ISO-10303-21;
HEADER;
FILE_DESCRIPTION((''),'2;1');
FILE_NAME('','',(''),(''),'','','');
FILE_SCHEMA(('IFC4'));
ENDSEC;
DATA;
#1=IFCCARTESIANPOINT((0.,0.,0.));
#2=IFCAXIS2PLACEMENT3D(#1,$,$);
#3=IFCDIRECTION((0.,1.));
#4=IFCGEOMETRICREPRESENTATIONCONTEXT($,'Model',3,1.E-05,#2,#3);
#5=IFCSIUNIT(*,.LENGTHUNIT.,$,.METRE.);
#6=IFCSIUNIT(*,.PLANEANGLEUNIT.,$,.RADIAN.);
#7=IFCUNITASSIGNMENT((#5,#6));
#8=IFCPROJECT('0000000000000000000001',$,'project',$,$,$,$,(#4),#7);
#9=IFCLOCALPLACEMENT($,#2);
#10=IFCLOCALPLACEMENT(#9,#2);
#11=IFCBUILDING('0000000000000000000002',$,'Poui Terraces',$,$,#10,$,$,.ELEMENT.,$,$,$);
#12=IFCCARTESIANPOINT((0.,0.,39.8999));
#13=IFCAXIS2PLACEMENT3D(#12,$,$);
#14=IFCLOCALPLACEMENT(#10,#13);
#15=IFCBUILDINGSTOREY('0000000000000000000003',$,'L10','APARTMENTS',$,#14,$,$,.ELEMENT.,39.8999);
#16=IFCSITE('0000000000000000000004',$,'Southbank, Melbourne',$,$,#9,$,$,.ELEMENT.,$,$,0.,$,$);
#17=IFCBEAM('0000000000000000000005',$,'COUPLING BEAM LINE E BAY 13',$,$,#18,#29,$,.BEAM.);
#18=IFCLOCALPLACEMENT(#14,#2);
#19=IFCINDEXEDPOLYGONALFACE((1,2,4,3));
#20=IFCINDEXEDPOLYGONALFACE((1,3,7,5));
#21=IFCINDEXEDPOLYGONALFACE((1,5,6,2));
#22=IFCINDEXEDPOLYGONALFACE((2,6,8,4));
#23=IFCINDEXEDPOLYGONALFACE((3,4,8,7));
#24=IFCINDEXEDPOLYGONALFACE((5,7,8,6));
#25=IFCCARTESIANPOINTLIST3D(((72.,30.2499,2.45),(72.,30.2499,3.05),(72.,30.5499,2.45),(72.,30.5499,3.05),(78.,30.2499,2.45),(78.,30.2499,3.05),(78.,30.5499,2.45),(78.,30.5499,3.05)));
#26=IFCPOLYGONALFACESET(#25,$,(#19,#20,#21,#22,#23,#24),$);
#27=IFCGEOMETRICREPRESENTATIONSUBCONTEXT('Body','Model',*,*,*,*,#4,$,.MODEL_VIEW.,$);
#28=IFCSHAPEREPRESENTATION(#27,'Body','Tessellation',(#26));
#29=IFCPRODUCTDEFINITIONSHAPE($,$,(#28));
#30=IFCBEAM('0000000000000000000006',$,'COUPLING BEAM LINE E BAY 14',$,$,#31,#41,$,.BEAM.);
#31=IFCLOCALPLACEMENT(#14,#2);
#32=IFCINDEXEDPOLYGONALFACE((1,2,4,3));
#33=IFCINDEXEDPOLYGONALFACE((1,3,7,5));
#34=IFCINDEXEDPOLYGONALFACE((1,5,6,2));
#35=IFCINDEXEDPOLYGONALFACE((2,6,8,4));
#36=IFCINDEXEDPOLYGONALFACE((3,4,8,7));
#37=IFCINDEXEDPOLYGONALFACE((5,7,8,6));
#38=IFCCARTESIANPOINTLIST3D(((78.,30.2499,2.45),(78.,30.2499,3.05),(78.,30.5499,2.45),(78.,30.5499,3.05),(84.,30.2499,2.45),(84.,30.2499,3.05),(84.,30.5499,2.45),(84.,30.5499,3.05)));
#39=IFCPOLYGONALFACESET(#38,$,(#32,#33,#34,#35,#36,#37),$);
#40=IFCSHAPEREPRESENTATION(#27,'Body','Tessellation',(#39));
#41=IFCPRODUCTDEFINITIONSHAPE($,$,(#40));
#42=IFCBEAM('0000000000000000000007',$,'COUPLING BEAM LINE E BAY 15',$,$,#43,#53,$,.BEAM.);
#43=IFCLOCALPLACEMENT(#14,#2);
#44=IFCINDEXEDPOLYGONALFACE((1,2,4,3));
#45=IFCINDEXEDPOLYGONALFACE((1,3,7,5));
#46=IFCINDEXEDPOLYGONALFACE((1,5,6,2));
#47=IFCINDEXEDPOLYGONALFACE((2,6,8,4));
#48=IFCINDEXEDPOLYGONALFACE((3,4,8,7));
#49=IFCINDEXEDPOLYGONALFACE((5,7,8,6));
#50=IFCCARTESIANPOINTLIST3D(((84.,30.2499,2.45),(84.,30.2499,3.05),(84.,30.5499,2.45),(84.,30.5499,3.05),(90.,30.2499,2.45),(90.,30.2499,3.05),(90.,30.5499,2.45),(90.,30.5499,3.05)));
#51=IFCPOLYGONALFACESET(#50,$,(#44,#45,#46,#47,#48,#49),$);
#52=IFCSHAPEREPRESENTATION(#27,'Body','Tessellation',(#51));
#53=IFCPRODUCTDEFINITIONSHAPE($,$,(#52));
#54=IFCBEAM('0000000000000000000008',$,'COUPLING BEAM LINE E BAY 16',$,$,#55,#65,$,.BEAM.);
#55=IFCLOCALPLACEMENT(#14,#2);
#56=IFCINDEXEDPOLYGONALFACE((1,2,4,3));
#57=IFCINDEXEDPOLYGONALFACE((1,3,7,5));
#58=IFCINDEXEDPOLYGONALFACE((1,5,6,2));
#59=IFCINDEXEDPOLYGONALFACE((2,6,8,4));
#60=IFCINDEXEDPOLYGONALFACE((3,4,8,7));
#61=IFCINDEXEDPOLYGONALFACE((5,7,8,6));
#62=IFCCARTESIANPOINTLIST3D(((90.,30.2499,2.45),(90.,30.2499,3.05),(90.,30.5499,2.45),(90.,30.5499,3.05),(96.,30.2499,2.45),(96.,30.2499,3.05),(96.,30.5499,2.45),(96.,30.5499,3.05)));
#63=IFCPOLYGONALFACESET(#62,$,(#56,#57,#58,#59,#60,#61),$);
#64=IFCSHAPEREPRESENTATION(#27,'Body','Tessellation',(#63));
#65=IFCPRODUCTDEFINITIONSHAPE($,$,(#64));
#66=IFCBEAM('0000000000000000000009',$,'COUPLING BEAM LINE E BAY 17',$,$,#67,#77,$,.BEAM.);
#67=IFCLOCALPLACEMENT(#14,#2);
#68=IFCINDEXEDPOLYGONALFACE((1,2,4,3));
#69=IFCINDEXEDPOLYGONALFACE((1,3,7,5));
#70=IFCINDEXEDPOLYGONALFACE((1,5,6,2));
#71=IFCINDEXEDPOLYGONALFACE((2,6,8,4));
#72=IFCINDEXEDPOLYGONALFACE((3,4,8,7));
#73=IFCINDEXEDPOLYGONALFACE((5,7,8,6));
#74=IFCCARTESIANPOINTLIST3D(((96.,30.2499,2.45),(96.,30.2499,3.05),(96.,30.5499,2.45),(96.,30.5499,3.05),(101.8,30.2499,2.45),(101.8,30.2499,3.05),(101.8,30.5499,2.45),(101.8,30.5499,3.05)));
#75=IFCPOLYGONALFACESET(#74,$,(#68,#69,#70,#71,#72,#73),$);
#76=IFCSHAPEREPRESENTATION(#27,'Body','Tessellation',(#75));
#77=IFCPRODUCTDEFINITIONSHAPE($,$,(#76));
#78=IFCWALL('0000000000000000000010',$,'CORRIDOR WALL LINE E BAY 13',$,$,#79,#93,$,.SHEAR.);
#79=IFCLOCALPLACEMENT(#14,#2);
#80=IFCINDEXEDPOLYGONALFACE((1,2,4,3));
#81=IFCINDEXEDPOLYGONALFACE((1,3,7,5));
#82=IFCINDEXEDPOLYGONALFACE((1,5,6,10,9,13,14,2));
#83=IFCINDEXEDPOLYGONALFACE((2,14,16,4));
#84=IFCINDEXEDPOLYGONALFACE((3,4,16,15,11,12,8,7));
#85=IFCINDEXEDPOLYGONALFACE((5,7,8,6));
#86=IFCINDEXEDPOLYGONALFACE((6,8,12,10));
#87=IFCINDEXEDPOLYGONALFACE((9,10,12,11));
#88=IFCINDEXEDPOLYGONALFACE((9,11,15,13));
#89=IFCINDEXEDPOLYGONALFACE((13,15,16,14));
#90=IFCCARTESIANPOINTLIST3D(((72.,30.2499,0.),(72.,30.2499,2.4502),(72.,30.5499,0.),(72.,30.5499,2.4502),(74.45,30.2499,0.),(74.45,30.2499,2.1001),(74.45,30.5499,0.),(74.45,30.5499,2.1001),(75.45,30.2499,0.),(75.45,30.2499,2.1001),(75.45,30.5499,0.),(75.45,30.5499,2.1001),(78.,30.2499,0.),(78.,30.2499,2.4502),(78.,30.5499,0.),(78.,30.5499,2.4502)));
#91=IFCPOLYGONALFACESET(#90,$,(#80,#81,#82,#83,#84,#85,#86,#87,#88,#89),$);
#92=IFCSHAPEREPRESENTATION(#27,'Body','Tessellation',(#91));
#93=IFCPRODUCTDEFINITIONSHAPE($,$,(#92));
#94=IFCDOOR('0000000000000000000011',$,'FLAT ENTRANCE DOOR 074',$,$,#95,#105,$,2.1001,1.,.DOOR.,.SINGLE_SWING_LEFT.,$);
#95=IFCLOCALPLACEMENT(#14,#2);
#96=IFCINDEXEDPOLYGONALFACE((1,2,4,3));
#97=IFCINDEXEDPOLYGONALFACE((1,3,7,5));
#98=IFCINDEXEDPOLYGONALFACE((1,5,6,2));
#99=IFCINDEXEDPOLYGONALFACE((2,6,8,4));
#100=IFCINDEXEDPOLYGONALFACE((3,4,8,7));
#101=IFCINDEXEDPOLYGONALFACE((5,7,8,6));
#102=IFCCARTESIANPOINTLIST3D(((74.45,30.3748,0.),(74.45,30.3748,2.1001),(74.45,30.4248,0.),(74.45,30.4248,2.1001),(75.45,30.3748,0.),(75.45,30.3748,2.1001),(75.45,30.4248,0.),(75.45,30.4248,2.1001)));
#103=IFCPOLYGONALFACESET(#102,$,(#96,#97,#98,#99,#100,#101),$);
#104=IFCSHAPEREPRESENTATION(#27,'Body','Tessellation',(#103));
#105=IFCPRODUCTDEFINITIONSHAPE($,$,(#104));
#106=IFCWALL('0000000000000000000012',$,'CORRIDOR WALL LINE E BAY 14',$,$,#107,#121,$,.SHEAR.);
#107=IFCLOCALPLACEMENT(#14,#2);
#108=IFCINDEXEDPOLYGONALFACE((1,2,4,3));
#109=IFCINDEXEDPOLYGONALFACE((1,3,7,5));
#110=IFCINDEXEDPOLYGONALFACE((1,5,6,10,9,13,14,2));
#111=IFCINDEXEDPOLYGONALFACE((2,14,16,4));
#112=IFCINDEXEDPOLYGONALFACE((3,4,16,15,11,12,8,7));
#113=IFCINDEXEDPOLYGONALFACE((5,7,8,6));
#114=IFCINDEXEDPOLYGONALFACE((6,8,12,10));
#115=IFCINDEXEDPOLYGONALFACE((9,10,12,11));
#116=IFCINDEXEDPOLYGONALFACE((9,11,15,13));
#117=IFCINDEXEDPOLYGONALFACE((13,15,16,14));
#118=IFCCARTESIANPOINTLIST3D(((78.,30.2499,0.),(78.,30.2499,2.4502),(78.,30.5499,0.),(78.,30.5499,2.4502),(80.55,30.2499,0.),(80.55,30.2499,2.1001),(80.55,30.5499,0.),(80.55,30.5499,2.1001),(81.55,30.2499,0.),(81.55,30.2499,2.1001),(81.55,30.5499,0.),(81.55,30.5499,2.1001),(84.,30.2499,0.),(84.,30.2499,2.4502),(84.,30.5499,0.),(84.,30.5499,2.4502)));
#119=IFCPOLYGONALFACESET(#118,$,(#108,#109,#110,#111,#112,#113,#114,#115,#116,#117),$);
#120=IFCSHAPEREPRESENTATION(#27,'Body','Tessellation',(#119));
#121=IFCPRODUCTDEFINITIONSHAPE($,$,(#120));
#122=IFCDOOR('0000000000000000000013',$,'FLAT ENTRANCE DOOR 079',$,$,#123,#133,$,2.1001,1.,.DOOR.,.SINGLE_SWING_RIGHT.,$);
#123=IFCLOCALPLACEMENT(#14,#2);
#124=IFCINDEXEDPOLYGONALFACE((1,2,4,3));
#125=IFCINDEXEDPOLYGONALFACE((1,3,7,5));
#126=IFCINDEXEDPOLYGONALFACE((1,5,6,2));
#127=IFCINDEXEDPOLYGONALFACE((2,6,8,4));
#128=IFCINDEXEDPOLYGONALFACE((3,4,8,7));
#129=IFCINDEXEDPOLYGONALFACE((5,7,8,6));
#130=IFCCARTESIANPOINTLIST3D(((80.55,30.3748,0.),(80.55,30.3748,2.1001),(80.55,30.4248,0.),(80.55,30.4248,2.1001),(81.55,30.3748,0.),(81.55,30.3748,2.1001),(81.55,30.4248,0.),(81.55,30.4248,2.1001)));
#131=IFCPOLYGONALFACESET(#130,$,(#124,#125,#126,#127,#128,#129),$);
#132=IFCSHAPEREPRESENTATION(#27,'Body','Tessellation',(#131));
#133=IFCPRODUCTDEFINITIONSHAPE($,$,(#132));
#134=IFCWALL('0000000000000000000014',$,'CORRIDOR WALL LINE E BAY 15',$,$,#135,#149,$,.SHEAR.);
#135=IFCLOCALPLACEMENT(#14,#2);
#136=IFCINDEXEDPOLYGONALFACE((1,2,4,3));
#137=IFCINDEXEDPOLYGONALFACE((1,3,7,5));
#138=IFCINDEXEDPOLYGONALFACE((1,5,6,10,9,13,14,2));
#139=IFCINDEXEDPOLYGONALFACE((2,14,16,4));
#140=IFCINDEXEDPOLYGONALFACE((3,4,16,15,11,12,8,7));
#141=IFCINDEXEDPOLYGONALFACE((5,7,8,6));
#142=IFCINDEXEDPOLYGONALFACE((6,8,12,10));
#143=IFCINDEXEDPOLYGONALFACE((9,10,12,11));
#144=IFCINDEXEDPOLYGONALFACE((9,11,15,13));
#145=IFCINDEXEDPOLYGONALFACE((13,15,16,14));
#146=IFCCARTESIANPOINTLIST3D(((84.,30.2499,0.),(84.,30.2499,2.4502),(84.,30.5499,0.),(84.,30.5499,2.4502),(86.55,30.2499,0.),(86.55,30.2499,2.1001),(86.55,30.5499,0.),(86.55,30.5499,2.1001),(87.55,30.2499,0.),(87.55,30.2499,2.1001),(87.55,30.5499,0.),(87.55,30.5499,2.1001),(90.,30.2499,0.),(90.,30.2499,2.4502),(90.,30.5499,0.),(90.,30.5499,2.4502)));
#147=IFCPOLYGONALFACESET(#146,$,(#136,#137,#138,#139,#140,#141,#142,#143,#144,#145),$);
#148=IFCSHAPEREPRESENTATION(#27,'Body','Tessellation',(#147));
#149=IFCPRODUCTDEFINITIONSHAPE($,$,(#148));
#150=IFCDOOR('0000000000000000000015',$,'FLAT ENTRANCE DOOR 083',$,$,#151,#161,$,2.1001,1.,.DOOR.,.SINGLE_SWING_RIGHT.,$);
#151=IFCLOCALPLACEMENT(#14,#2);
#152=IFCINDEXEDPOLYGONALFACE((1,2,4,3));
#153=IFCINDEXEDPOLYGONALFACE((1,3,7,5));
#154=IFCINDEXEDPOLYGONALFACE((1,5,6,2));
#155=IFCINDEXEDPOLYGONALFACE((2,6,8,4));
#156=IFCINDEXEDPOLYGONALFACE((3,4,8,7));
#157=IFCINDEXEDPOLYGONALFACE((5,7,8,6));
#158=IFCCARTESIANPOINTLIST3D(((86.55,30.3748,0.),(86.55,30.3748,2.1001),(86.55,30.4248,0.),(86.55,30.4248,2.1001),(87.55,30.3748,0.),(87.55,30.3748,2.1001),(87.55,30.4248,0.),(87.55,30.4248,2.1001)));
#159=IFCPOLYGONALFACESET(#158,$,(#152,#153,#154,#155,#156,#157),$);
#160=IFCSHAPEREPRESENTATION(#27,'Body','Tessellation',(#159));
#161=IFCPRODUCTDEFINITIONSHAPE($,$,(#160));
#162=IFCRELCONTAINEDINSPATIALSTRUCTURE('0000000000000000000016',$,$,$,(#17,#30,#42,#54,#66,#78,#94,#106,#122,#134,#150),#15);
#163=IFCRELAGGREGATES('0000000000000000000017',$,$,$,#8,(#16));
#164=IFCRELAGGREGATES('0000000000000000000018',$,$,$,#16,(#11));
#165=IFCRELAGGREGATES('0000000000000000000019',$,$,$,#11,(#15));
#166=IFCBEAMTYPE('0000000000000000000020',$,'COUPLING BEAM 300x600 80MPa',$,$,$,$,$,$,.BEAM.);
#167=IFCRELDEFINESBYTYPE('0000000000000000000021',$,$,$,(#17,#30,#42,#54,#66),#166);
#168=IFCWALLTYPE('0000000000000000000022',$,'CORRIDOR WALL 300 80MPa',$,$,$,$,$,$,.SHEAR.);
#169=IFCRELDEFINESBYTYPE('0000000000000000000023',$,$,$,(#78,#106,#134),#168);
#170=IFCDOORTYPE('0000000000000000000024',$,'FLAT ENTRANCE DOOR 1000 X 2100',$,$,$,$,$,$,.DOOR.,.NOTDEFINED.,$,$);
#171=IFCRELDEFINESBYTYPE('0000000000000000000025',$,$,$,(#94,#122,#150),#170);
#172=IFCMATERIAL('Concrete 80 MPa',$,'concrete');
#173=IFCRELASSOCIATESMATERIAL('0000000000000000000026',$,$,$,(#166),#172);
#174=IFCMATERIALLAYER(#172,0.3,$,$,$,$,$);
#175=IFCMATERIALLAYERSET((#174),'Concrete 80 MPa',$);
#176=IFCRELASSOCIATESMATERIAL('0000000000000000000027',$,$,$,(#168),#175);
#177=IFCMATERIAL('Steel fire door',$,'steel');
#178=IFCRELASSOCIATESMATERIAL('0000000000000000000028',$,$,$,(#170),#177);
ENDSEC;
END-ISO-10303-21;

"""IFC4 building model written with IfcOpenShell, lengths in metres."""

from ifc_helpers import new_model, si_unit, direction, frame, frame_2d, origin, origin_2d, place, context, subcontext, project, spatial, rectangle, extrude, source, transform, mapped, material, layer, layer_set, material_profile, profile_set, type_object, element, fill, save


model = new_model("IFC4")

# Units and contexts
model_context = context("Model", 3, precision=1e-05, world=origin(), true_north=direction((0.0, 1.0)))
body_context = subcontext(model_context, "Body", "Model", "MODEL_VIEW")
ifc_project = project(units=[si_unit("LENGTHUNIT", "METRE"), si_unit("PLANEANGLEUNIT", "RADIAN")], contexts=[model_context])

# Site, building, storey
site_placement = place(None, origin())
site = spatial("IfcSite", under=ifc_project, at=site_placement, Name="Southbank, Melbourne", CompositionType="ELEMENT", RefElevation=0.0)
building_placement = place(site_placement, origin())
building = spatial("IfcBuilding", under=site, at=building_placement, Name="Poui Terraces", CompositionType="ELEMENT")
storey_placement = place(building_placement, frame((0.0, 0.0, 39.8999)))
storey = spatial("IfcBuildingStorey", under=building, at=storey_placement, Name="L10", Description="APARTMENTS", CompositionType="ELEMENT", Elevation=39.8999)

# Beams
ifc_material_1 = material(Name="Concrete 80 MPa", Category="concrete")
ifc_material_profile = material_profile(ifc_material_1, rectangle(XDim=0.3, YDim=0.6001, at=origin_2d()), Name="RC 300x600")
ifc_profile_set = profile_set([ifc_material_profile], Name="Concrete 80 MPa")
beam_type = type_object("IfcBeamType", Name="COUPLING BEAM 300x600 80MPa", PredefinedType="BEAM", material=ifc_profile_set)
shared_shape_1 = source(origin(), body_context, "Body", "SweptSolid", [
    extrude(rectangle(XDim=0.3, YDim=0.6001, at=origin_2d()), origin(), (0.0, 0.0, 1.0), 6.0),
])
for number, where, z_axis, x_axis, name in (
    (1, (72.0, 30.3999, 2.75), (1.0, 0.0, 0.0), (0.0, 1.0, 0.0), "COUPLING BEAM LINE E BAY 13"),
    (2, (78.0, 30.3999, 2.75), (1.0, 0.0, 0.0), (0.0, 1.0, 0.0), "COUPLING BEAM LINE E BAY 14"),
    (3, (84.0, 30.3999, 2.75), (1.0, 0.0, 0.0), (0.0, 1.0, 0.0), "COUPLING BEAM LINE E BAY 15"),
    (4, (90.0, 30.3999, 2.75), (1.0, 0.0, 0.0), (0.0, 1.0, 0.0), "COUPLING BEAM LINE E BAY 16"),
):
    element("IfcBeam", number, at=place(storey_placement, frame(where, z_axis=z_axis, x_axis=x_axis)), inside=storey, type_object=beam_type, Name=name, PredefinedType="BEAM", context=body_context, shape_type="MappedRepresentation", body=[
        mapped(shared_shape_1, transform((0.0, 0.0, 0.0))),
    ])
shared_shape_2 = source(origin(), body_context, "Body", "SweptSolid", [
    extrude(rectangle(XDim=0.3, YDim=0.6001, at=origin_2d()), origin(), (0.0, 0.0, 1.0), 5.8),
])
beam_placement = place(storey_placement, frame((96.0, 30.3999, 2.75), z_axis=(1.0, 0.0, 0.0), x_axis=(0.0, 1.0, 0.0)))
element("IfcBeam", 5, at=beam_placement, inside=storey, type_object=beam_type, Name="COUPLING BEAM LINE E BAY 17", PredefinedType="BEAM", context=body_context, shape_type="MappedRepresentation", body=[
    mapped(shared_shape_2, transform((0.0, 0.0, 0.0))),
])

# Walls, openings, doors
ifc_layer_1 = layer(ifc_material_1, 0.3)
ifc_layer_set_1 = layer_set([ifc_layer_1], Name="Concrete 80 MPa")
wall_type_1 = type_object("IfcWallType", Name="CORRIDOR WALL 300 80MPa", PredefinedType="SHEAR", material=ifc_layer_set_1)
wall_1_placement = place(storey_placement, frame((72.0, 30.3999, 0.0), z_axis=(0.0, 0.0, 1.0), x_axis=(1.0, 0.0, 0.0)))
wall_1 = element("IfcWall", 6, at=wall_1_placement, inside=storey, type_object=wall_type_1, Name="CORRIDOR WALL LINE E BAY 13", PredefinedType="SHEAR", context=body_context, shape_type="SweptSolid", body=[
    extrude(rectangle(XDim=6.0, YDim=0.3, at=frame_2d((3.0, 0.0))), origin(), (0.0, 0.0, 1.0), 2.4502),
])
opening_1_placement = place(wall_1_placement, frame((2.45, 0.0, 0.0)))
opening_1 = element("IfcOpeningElement", 7, at=opening_1_placement, cuts=wall_1, PredefinedType="OPENING", context=body_context, shape_type="SweptSolid", body=[
    extrude(rectangle(XDim=1.0, YDim=2.1001, at=frame_2d((0.5, 1.05))), frame((0.0, 0.1602, 0.0), z_axis=(0.0, -1.0, 0.0), x_axis=(1.0, 0.0, 0.0)), (0.0, 0.0, 1.0), 0.3201),
])
ifc_material_2 = material(Name="Steel fire door", Category="steel")
door_type_1 = type_object("IfcDoorType", Name="FLAT ENTRANCE DOOR 1000 X 2100", OperationType="NOTDEFINED", PredefinedType="DOOR", material=ifc_material_2)
door_1_placement = place(opening_1_placement, origin())
door_1 = element("IfcDoor", 8, at=door_1_placement, inside=storey, type_object=door_type_1, Name="FLAT ENTRANCE DOOR 074", OperationType="SINGLE_SWING_LEFT", OverallHeight=2.1001, OverallWidth=1.0, PredefinedType="DOOR", context=body_context, shape_type="SweptSolid", body=[
    extrude(rectangle(XDim=1.0, YDim=2.1001, at=frame_2d((0.5, 1.05))), frame((0.0, 0.0249, 0.0), z_axis=(0.0, -1.0, 0.0), x_axis=(1.0, 0.0, 0.0)), (0.0, 0.0, 1.0), 0.05),
])
fill(opening_1, door_1)
wall_2_placement = place(storey_placement, frame((78.0, 30.3999, 0.0), z_axis=(0.0, 0.0, 1.0), x_axis=(1.0, 0.0, 0.0)))
wall_2 = element("IfcWall", 9, at=wall_2_placement, inside=storey, type_object=wall_type_1, Name="CORRIDOR WALL LINE E BAY 14", PredefinedType="SHEAR", context=body_context, shape_type="SweptSolid", body=[
    extrude(rectangle(XDim=6.0, YDim=0.3, at=frame_2d((3.0, 0.0))), origin(), (0.0, 0.0, 1.0), 2.4502),
])
opening_2_placement = place(wall_2_placement, frame((2.55, 0.0, 0.0)))
opening_2 = element("IfcOpeningElement", 10, at=opening_2_placement, cuts=wall_2, PredefinedType="OPENING", context=body_context, shape_type="SweptSolid", body=[
    extrude(rectangle(XDim=1.0, YDim=2.1001, at=frame_2d((0.5, 1.05))), frame((0.0, 0.1602, 0.0), z_axis=(0.0, -1.0, 0.0), x_axis=(1.0, 0.0, 0.0)), (0.0, 0.0, 1.0), 0.3201),
])
door_2_placement = place(opening_2_placement, origin())
door_2 = element("IfcDoor", 11, at=door_2_placement, inside=storey, type_object=door_type_1, Name="FLAT ENTRANCE DOOR 079", OperationType="SINGLE_SWING_RIGHT", OverallHeight=2.1001, OverallWidth=1.0, PredefinedType="DOOR", context=body_context, shape_type="SweptSolid", body=[
    extrude(rectangle(XDim=1.0, YDim=2.1001, at=frame_2d((0.5, 1.05))), frame((0.0, 0.0249, 0.0), z_axis=(0.0, -1.0, 0.0), x_axis=(1.0, 0.0, 0.0)), (0.0, 0.0, 1.0), 0.05),
])
fill(opening_2, door_2)
wall_3_placement = place(storey_placement, frame((84.0, 30.3999, 0.0), z_axis=(0.0, 0.0, 1.0), x_axis=(1.0, 0.0, 0.0)))
wall_3 = element("IfcWall", 12, at=wall_3_placement, inside=storey, type_object=wall_type_1, Name="CORRIDOR WALL LINE E BAY 15", PredefinedType="SHEAR", context=body_context, shape_type="SweptSolid", body=[
    extrude(rectangle(XDim=6.0, YDim=0.3, at=frame_2d((3.0, 0.0))), origin(), (0.0, 0.0, 1.0), 2.4502),
])
opening_3_placement = place(wall_3_placement, frame((2.55, 0.0, 0.0)))
opening_3 = element("IfcOpeningElement", 13, at=opening_3_placement, cuts=wall_3, PredefinedType="OPENING", context=body_context, shape_type="SweptSolid", body=[
    extrude(rectangle(XDim=1.0, YDim=2.1001, at=frame_2d((0.5, 1.05))), frame((0.0, 0.1602, 0.0), z_axis=(0.0, -1.0, 0.0), x_axis=(1.0, 0.0, 0.0)), (0.0, 0.0, 1.0), 0.3201),
])
door_3_placement = place(opening_3_placement, origin())
door_3 = element("IfcDoor", 14, at=door_3_placement, inside=storey, type_object=door_type_1, Name="FLAT ENTRANCE DOOR 083", OperationType="SINGLE_SWING_RIGHT", OverallHeight=2.1001, OverallWidth=1.0, PredefinedType="DOOR", context=body_context, shape_type="SweptSolid", body=[
    extrude(rectangle(XDim=1.0, YDim=2.1001, at=frame_2d((0.5, 1.05))), frame((0.0, 0.0249, 0.0), z_axis=(0.0, -1.0, 0.0), x_axis=(1.0, 0.0, 0.0)), (0.0, 0.0, 1.0), 0.05),
])
fill(opening_3, door_3)

save(model, "model.ifc")
